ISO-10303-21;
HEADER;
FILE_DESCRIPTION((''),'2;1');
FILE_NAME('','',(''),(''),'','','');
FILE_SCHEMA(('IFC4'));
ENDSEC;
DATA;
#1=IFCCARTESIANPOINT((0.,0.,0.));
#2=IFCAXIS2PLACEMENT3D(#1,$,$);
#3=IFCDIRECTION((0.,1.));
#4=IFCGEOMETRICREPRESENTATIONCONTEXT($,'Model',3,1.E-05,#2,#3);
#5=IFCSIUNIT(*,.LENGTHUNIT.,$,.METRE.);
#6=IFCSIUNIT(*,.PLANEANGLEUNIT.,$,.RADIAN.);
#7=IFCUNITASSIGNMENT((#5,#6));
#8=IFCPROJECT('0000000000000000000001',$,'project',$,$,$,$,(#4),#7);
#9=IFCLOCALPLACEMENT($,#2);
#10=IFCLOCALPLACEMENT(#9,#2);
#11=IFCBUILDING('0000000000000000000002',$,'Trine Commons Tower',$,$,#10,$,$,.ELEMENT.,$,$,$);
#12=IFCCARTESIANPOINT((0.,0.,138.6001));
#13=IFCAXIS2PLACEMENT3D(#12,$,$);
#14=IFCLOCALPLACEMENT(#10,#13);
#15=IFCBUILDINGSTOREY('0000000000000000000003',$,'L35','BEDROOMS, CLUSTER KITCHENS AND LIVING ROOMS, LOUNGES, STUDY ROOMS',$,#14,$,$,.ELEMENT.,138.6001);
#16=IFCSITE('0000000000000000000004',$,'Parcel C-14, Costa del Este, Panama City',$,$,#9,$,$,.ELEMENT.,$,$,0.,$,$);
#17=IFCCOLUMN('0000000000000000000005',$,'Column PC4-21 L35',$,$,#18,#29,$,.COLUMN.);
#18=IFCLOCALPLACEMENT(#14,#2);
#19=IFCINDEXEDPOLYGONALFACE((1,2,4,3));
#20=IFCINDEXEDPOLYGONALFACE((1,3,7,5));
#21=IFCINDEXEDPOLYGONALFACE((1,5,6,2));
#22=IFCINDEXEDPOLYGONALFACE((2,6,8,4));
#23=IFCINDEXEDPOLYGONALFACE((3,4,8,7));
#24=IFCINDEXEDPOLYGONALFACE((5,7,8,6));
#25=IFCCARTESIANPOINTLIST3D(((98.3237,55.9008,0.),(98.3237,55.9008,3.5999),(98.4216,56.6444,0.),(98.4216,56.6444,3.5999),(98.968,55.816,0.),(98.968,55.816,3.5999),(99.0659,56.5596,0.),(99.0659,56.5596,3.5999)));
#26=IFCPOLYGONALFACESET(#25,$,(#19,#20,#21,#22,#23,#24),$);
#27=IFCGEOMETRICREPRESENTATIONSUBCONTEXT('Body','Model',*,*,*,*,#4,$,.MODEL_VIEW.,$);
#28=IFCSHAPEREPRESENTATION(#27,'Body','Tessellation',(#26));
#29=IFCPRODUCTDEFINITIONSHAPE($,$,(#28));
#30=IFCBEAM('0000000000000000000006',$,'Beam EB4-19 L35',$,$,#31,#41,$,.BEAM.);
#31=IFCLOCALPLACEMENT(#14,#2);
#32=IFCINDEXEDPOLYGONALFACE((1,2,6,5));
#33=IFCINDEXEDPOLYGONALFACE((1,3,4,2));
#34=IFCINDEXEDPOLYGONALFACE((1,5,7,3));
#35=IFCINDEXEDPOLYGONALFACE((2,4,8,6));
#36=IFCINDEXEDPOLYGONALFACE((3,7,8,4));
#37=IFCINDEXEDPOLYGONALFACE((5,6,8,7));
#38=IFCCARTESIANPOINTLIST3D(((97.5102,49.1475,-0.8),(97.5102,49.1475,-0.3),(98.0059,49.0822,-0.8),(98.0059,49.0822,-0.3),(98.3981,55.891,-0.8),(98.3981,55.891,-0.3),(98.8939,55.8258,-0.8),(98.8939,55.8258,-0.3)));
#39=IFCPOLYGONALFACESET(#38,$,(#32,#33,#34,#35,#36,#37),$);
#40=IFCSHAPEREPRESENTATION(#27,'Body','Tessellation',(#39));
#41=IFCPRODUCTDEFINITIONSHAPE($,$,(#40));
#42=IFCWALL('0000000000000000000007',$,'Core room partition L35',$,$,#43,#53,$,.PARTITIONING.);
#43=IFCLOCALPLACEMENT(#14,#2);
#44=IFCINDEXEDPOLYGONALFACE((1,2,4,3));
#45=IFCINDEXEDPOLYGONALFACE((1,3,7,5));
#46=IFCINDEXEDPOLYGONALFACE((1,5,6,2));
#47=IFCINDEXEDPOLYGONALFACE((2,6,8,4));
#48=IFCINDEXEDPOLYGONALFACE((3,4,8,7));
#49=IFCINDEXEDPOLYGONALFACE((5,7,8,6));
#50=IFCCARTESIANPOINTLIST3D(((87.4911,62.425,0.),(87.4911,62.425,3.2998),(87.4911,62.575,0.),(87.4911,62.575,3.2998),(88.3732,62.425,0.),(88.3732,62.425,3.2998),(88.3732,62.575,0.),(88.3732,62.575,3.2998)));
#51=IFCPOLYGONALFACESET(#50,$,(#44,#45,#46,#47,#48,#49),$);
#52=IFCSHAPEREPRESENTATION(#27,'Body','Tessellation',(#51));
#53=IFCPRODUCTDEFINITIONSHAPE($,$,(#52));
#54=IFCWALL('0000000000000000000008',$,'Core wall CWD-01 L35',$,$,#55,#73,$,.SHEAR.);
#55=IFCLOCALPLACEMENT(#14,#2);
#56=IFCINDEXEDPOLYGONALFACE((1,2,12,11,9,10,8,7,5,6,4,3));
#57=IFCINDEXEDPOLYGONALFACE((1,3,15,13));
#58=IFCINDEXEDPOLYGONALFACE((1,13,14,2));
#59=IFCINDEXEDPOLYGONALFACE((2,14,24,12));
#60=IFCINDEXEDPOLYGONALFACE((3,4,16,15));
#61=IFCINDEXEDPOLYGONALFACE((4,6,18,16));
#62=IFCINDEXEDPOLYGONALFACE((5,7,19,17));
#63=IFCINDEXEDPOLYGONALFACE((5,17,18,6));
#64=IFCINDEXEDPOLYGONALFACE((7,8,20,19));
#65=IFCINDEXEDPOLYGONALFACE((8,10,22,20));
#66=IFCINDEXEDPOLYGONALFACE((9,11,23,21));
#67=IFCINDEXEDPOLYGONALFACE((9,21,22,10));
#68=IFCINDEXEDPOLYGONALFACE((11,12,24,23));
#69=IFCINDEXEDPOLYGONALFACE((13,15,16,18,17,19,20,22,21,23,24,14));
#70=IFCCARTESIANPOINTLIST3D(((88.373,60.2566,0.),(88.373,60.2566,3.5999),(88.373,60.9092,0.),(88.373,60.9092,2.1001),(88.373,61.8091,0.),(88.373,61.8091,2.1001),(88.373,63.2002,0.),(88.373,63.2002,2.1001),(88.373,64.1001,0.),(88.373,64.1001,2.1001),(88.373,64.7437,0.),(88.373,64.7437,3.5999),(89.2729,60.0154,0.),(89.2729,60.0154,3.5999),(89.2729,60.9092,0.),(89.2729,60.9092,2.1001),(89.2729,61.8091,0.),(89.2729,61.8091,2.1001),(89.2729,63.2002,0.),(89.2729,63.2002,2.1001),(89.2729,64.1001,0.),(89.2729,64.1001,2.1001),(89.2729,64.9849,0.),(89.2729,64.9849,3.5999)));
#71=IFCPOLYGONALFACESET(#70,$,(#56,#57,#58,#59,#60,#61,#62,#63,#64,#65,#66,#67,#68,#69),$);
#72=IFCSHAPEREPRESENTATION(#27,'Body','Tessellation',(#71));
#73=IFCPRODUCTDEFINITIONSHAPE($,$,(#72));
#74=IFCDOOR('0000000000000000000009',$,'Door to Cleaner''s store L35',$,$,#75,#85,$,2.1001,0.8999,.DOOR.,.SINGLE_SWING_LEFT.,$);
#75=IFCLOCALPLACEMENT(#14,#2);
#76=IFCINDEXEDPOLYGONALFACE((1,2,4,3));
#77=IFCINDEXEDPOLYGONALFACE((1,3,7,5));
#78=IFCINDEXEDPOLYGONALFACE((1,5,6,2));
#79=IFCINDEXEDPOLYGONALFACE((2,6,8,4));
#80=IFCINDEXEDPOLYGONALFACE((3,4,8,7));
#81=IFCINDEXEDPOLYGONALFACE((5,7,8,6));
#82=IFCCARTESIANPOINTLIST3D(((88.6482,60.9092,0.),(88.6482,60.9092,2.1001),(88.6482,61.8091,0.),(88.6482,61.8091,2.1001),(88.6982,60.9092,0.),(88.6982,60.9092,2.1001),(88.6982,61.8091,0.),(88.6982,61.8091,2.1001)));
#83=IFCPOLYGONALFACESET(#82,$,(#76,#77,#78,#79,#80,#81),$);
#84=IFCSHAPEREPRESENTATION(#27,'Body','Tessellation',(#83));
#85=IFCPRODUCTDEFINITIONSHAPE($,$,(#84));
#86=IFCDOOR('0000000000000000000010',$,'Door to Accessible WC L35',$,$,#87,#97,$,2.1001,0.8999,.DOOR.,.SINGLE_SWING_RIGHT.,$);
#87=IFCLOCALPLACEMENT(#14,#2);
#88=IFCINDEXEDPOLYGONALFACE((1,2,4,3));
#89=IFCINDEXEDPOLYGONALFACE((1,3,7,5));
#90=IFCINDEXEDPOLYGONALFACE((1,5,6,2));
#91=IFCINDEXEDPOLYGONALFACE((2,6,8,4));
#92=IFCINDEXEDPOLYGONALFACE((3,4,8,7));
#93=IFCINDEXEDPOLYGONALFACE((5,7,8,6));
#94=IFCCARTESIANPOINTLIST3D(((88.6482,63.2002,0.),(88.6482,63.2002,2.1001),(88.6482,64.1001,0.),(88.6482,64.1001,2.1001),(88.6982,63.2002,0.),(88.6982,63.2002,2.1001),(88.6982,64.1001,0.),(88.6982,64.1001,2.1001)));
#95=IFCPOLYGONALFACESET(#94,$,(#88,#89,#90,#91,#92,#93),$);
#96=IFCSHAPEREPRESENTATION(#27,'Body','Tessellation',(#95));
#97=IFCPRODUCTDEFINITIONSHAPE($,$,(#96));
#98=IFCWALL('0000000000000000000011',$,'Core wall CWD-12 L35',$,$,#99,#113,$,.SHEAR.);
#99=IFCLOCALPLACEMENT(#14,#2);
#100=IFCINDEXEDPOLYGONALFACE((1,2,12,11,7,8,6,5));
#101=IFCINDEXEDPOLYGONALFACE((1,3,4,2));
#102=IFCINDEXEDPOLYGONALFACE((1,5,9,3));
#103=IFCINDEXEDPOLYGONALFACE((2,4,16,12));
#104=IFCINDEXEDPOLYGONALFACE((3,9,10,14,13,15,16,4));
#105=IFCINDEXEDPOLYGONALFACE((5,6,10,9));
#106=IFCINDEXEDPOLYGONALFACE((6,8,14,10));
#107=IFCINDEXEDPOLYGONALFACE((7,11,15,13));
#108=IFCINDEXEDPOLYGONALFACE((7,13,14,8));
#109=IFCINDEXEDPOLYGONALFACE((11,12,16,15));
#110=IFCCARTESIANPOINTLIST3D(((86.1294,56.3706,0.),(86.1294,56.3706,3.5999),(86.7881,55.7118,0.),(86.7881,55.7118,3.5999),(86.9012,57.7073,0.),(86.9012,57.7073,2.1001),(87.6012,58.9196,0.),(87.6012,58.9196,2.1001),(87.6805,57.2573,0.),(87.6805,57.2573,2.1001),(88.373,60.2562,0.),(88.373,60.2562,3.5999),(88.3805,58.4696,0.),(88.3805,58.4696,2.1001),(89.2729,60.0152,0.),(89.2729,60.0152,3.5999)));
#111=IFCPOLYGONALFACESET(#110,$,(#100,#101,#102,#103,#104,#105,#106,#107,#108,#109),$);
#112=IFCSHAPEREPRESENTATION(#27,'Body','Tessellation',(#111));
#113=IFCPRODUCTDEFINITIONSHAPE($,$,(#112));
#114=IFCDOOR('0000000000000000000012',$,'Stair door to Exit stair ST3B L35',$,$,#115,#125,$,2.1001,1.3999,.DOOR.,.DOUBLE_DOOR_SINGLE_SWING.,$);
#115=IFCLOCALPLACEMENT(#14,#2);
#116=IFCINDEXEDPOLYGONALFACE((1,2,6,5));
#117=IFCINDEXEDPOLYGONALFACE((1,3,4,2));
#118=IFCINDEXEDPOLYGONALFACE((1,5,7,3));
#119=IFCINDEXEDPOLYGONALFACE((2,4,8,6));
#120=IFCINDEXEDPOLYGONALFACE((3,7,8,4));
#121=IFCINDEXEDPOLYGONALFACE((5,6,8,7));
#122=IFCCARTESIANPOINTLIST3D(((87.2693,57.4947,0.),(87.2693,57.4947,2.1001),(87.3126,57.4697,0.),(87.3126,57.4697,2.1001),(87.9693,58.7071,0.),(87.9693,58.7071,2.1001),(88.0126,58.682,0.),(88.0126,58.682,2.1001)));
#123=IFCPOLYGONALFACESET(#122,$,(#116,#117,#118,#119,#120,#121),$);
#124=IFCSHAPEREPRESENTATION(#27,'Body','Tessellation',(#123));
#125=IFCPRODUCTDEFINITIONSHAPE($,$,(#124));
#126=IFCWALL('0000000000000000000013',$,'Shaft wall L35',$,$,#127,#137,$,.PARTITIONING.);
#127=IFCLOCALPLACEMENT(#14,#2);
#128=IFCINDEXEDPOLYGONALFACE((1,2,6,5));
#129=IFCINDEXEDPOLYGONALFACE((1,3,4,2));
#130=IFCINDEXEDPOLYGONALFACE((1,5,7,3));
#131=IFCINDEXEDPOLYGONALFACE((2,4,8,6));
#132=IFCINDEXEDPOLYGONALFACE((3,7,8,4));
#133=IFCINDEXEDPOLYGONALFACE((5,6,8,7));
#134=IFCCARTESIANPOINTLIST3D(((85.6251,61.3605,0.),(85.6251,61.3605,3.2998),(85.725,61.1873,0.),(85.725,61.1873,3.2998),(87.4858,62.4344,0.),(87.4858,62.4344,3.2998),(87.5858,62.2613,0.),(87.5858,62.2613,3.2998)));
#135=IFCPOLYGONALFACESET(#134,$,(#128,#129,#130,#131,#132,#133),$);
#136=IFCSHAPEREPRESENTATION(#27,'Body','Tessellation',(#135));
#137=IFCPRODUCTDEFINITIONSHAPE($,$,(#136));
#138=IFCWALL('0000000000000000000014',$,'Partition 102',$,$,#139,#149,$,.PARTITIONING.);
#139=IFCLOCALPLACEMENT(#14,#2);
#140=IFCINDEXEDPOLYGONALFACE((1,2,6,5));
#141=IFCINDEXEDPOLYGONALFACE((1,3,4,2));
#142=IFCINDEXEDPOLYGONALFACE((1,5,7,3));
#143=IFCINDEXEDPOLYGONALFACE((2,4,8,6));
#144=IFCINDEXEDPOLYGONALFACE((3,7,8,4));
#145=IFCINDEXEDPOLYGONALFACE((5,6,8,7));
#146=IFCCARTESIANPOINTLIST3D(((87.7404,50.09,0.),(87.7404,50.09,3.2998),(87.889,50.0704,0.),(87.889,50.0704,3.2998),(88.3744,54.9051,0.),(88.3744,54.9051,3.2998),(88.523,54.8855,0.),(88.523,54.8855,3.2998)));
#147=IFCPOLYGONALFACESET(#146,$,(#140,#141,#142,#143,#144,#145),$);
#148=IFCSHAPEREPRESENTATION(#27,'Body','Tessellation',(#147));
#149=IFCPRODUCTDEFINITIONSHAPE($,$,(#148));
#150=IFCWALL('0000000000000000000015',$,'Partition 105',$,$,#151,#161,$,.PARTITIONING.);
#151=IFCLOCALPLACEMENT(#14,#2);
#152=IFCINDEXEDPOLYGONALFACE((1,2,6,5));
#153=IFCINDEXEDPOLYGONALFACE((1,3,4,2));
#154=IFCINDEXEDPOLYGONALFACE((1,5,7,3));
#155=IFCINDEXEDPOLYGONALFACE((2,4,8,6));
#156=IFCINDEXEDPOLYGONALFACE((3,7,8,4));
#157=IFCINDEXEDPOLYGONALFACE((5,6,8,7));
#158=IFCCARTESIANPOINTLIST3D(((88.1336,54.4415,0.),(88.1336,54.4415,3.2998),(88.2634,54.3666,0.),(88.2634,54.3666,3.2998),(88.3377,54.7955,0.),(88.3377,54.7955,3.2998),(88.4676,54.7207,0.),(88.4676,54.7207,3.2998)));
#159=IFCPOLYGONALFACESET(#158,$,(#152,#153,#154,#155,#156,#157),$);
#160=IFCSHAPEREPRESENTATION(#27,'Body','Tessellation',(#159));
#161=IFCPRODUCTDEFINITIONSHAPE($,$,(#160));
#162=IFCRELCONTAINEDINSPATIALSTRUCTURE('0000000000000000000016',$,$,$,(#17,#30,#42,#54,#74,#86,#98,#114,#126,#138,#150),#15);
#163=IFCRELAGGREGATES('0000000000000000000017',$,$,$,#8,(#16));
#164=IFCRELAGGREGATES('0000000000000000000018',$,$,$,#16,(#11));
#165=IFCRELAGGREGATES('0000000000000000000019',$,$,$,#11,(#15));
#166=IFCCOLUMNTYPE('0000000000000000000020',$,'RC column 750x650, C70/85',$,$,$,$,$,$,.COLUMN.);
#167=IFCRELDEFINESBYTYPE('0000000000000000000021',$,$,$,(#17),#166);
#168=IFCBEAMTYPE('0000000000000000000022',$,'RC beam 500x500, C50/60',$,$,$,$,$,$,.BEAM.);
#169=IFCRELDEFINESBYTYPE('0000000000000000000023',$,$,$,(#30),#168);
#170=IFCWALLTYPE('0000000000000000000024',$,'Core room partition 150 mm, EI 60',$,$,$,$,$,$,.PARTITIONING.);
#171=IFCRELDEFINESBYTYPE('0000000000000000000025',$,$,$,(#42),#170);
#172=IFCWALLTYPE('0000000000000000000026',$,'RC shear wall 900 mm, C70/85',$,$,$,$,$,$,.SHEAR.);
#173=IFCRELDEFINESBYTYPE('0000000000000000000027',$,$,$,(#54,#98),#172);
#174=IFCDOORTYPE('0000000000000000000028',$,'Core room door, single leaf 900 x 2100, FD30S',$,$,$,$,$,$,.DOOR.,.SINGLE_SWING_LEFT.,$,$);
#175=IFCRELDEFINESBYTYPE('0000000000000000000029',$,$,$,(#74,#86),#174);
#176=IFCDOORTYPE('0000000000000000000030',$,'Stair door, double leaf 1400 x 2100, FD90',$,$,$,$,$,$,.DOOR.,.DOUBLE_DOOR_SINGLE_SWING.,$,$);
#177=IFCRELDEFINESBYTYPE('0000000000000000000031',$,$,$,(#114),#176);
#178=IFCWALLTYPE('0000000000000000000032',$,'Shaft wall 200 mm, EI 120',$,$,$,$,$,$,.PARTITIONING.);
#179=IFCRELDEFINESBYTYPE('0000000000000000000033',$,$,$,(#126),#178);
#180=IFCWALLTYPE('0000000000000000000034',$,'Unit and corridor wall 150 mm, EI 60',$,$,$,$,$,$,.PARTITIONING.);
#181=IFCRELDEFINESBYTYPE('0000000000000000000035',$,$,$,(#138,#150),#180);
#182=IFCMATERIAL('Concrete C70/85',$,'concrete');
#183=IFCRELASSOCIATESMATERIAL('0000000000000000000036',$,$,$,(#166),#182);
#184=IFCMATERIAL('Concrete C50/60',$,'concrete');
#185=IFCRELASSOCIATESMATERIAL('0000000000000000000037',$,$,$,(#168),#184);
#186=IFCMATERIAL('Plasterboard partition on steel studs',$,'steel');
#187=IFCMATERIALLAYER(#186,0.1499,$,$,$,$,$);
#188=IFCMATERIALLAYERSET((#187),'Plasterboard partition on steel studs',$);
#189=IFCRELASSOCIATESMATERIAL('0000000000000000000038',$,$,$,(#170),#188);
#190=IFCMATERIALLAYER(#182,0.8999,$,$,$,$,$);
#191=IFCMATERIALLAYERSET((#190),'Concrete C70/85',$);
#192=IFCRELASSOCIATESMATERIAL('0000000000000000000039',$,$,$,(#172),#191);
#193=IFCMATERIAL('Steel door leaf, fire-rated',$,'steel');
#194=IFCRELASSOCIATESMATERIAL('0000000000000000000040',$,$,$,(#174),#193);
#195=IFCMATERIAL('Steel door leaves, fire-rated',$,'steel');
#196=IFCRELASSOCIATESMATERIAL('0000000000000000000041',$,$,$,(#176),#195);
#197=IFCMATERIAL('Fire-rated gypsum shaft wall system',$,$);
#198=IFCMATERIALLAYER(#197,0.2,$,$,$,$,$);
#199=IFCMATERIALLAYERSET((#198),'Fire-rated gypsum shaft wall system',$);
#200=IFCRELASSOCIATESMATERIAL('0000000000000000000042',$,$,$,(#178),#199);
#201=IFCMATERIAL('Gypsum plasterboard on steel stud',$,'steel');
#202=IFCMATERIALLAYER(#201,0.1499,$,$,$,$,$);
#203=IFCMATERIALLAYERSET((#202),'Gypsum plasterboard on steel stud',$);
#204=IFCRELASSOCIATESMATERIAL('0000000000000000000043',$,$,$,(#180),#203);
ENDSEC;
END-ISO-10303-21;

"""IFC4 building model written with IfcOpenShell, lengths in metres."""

from ifc_helpers import new_model, si_unit, direction, frame, frame_2d, origin, origin_2d, place, context, subcontext, project, spatial, polyline, rectangle, outline, extrude, material, layer, layer_set, material_profile, profile_set, type_object, element, fill, save


model = new_model("IFC4")

# Units and contexts
model_context = context("Model", 3, precision=1e-05, world=origin(), true_north=direction((0.0, 1.0)))
body_context = subcontext(model_context, "Body", "Model", "MODEL_VIEW")
ifc_project = project(units=[si_unit("LENGTHUNIT", "METRE"), si_unit("PLANEANGLEUNIT", "RADIAN")], contexts=[model_context])

# Site, building, storey
site_placement = place(None, origin())
site = spatial("IfcSite", under=ifc_project, at=site_placement, Name="Parcel C-14, Costa del Este, Panama City", CompositionType="ELEMENT", RefElevation=0.0)
building_placement = place(site_placement, origin())
building = spatial("IfcBuilding", under=site, at=building_placement, Name="Trine Commons Tower", CompositionType="ELEMENT")
storey_placement = place(building_placement, frame((0.0, 0.0, 138.6001)))
storey = spatial("IfcBuildingStorey", under=building, at=storey_placement, Name="L35", Description="BEDROOMS, CLUSTER KITCHENS AND LIVING ROOMS, LOUNGES, STUDY ROOMS", CompositionType="ELEMENT", Elevation=138.6001)

# Column
ifc_material_1 = material(Name="Concrete C70/85", Category="concrete")
ifc_material_profile_1 = material_profile(ifc_material_1, rectangle(XDim=0.75, YDim=0.6499, at=origin_2d()), Name="RC 750x650")
ifc_profile_set_1 = profile_set([ifc_material_profile_1], Name="Concrete C70/85")
column_type = type_object("IfcColumnType", Name="RC column 750x650, C70/85", PredefinedType="COLUMN", material=ifc_profile_set_1)
column_placement = place(storey_placement, frame((98.6948, 56.2302, 0.0), z_axis=(0.0, 0.0, 1.0), x_axis=(0.130526, 0.991445, 0.0)))
element("IfcColumn", 1, at=column_placement, inside=storey, type_object=column_type, Name="Column PC4-21 L35", PredefinedType="COLUMN", context=body_context, shape_type="SweptSolid", body=[
    extrude(rectangle(XDim=0.75, YDim=0.6499, at=origin_2d()), origin(), (0.0, 0.0, 1.0), 3.5999),
])

# Beam
ifc_material_2 = material(Name="Concrete C50/60", Category="concrete")
ifc_material_profile_2 = material_profile(ifc_material_2, rectangle(XDim=0.5, YDim=0.5, at=origin_2d()), Name="RC 500x500")
ifc_profile_set_2 = profile_set([ifc_material_profile_2], Name="Concrete C50/60")
beam_type = type_object("IfcBeamType", Name="RC beam 500x500, C50/60", PredefinedType="BEAM", material=ifc_profile_set_2)
beam_placement = place(storey_placement, frame((98.646, 55.8584, -0.55), z_axis=(-0.130544, -0.991443, 0.0), x_axis=(0.991443, -0.130544, 0.0)))
element("IfcBeam", 2, at=beam_placement, inside=storey, type_object=beam_type, Name="Beam EB4-19 L35", PredefinedType="BEAM", context=body_context, shape_type="SweptSolid", body=[
    extrude(rectangle(XDim=0.5, YDim=0.5, at=origin_2d()), origin(), (0.0, 0.0, 1.0), 6.8018),
])

# Wall
ifc_material_3 = material(Name="Plasterboard partition on steel studs", Category="steel")
ifc_layer_1 = layer(ifc_material_3, 0.1499)
ifc_layer_set_1 = layer_set([ifc_layer_1], Name="Plasterboard partition on steel studs")
wall_type_1 = type_object("IfcWallType", Name="Core room partition 150 mm, EI 60", PredefinedType="PARTITIONING", material=ifc_layer_set_1)
wall_1_placement = place(storey_placement, frame((88.373, 62.5, 0.0), z_axis=(0.0, 0.0, 1.0), x_axis=(-1.0, 0.0, 0.0)))
element("IfcWall", 3, at=wall_1_placement, inside=storey, type_object=wall_type_1, Name="Core room partition L35", PredefinedType="PARTITIONING", context=body_context, shape_type="SweptSolid", body=[
    extrude(rectangle(XDim=0.8821, YDim=0.1499, at=frame_2d((0.4409, 0.0))), origin(), (0.0, 0.0, 1.0), 3.2998),
])

# Wall, openings, doors
ifc_layer_2 = layer(ifc_material_1, 0.8999)
ifc_layer_set_2 = layer_set([ifc_layer_2], Name="Concrete C70/85")
wall_type_2 = type_object("IfcWallType", Name="RC shear wall 900 mm, C70/85", PredefinedType="SHEAR", material=ifc_layer_set_2)
wall_2_placement = place(storey_placement, frame((88.823, 60.0154, 0.0), z_axis=(0.0, 0.0, 1.0), x_axis=(0.0, 1.0, 0.0)))
wall_2 = element("IfcWall", 4, at=wall_2_placement, inside=storey, type_object=wall_type_2, Name="Core wall CWD-01 L35", PredefinedType="SHEAR", context=body_context, shape_type="SweptSolid", body=[
    extrude(outline(polyline([(0.0, -0.45), (4.9695, -0.45), (4.7283, 0.45), (0.2412, 0.45), (0.0, -0.45)])), origin(), (0.0, 0.0, 1.0), 3.5999),
])
opening_1_placement = place(wall_2_placement, frame((0.8938, 0.0, 0.0)))
opening_1 = element("IfcOpeningElement", 5, at=opening_1_placement, cuts=wall_2, PredefinedType="OPENING", context=body_context, shape_type="SweptSolid", body=[
    extrude(rectangle(XDim=0.8999, YDim=2.1001, at=frame_2d((0.45, 1.05))), frame((0.0, 0.46, 0.0), z_axis=(0.0, -1.0, 0.0), x_axis=(1.0, 0.0, 0.0)), (0.0, 0.0, 1.0), 0.9199),
])
opening_2_placement = place(wall_2_placement, frame((3.1848, 0.0, 0.0)))
opening_2 = element("IfcOpeningElement", 6, at=opening_2_placement, cuts=wall_2, PredefinedType="OPENING", context=body_context, shape_type="SweptSolid", body=[
    extrude(rectangle(XDim=0.8999, YDim=2.1001, at=frame_2d((0.45, 1.05))), frame((0.0, 0.46, 0.0), z_axis=(0.0, -1.0, 0.0), x_axis=(1.0, 0.0, 0.0)), (0.0, 0.0, 1.0), 0.9199),
])
ifc_material_4 = material(Name="Steel door leaf, fire-rated", Category="steel")
door_type_1 = type_object("IfcDoorType", Name="Core room door, single leaf 900 x 2100, FD30S", OperationType="SINGLE_SWING_LEFT", PredefinedType="DOOR", material=ifc_material_4)
door_1_placement = place(opening_1_placement, origin())
door_1 = element("IfcDoor", 7, at=door_1_placement, inside=storey, type_object=door_type_1, Name="Door to Cleaner's store L35", OperationType="SINGLE_SWING_LEFT", OverallHeight=2.1001, OverallWidth=0.8999, PredefinedType="DOOR", context=body_context, shape_type="SweptSolid", body=[
    extrude(rectangle(XDim=0.8999, YDim=2.1001, at=frame_2d((0.45, 1.05))), frame((0.0, 0.1748, 0.0), z_axis=(0.0, -1.0, 0.0), x_axis=(1.0, 0.0, 0.0)), (0.0, 0.0, 1.0), 0.05),
])
fill(opening_1, door_1)
door_2_placement = place(opening_2_placement, origin())
door_2 = element("IfcDoor", 8, at=door_2_placement, inside=storey, type_object=door_type_1, Name="Door to Accessible WC L35", OperationType="SINGLE_SWING_RIGHT", OverallHeight=2.1001, OverallWidth=0.8999, PredefinedType="DOOR", context=body_context, shape_type="SweptSolid", body=[
    extrude(rectangle(XDim=0.8999, YDim=2.1001, at=frame_2d((0.45, 1.05))), frame((0.0, 0.1748, 0.0), z_axis=(0.0, -1.0, 0.0), x_axis=(1.0, 0.0, 0.0)), (0.0, 0.0, 1.0), 0.05),
])
fill(opening_2, door_2)

# Wall, opening, door
wall_3_placement = place(storey_placement, frame((86.3984, 55.9368, 0.0), z_axis=(0.0, 0.0, 1.0), x_axis=(0.500039, 0.866003, 0.0)))
wall_3 = element("IfcWall", 9, at=wall_3_placement, inside=storey, type_object=wall_type_2, Name="Core wall CWD-12 L35", PredefinedType="SHEAR", context=body_context, shape_type="SweptSolid", body=[
    extrude(outline(polyline([(0.0, -0.45), (4.9692, -0.45), (4.728, 0.45), (0.2412, 0.45), (0.0, -0.45)])), origin(), (0.0, 0.0, 1.0), 3.5999),
])
opening_3_placement = place(wall_3_placement, frame((1.7847, 0.0, 0.0)))
opening_3 = element("IfcOpeningElement", 10, at=opening_3_placement, cuts=wall_3, PredefinedType="OPENING", context=body_context, shape_type="SweptSolid", body=[
    extrude(rectangle(XDim=1.3999, YDim=2.1001, at=frame_2d((0.7, 1.05))), frame((0.0, 0.46, 0.0), z_axis=(0.0, -1.0, 0.0), x_axis=(1.0, 0.0, 0.0)), (0.0, 0.0, 1.0), 0.9199),
])
ifc_material_5 = material(Name="Steel door leaves, fire-rated", Category="steel")
door_type_2 = type_object("IfcDoorType", Name="Stair door, double leaf 1400 x 2100, FD90", OperationType="DOUBLE_DOOR_SINGLE_SWING", PredefinedType="DOOR", material=ifc_material_5)
door_3_placement = place(opening_3_placement, origin())
door_3 = element("IfcDoor", 11, at=door_3_placement, inside=storey, type_object=door_type_2, Name="Stair door to Exit stair ST3B L35", OperationType="DOUBLE_DOOR_SINGLE_SWING", OverallHeight=2.1001, OverallWidth=1.3999, PredefinedType="DOOR", context=body_context, shape_type="SweptSolid", body=[
    extrude(rectangle(XDim=1.3999, YDim=2.1001, at=frame_2d((0.7, 1.05))), frame((0.0, 0.0249, 0.0), z_axis=(0.0, -1.0, 0.0), x_axis=(1.0, 0.0, 0.0)), (0.0, 0.0, 1.0), 0.05),
])
fill(opening_3, door_3)

# Walls
ifc_material_6 = material(Name="Fire-rated gypsum shaft wall system")
ifc_layer_3 = layer(ifc_material_6, 0.2)
ifc_layer_set_3 = layer_set([ifc_layer_3], Name="Fire-rated gypsum shaft wall system")
wall_type_3 = type_object("IfcWallType", Name="Shaft wall 200 mm, EI 120", PredefinedType="PARTITIONING", material=ifc_layer_set_3)
wall_4_placement = place(storey_placement, frame((85.675, 61.2739, 0.0), z_axis=(0.0, 0.0, 1.0), x_axis=(0.866102, 0.499867, 0.0)))
element("IfcWall", 12, at=wall_4_placement, inside=storey, type_object=wall_type_3, Name="Shaft wall L35", PredefinedType="PARTITIONING", context=body_context, shape_type="SweptSolid", body=[
    extrude(rectangle(XDim=2.1484, YDim=0.2, at=frame_2d((1.0742, 0.0))), origin(), (0.0, 0.0, 1.0), 3.2998),
])
ifc_material_7 = material(Name="Gypsum plasterboard on steel stud", Category="steel")
ifc_layer_4 = layer(ifc_material_7, 0.1499)
ifc_layer_set_4 = layer_set([ifc_layer_4], Name="Gypsum plasterboard on steel stud")
wall_type_4 = type_object("IfcWallType", Name="Unit and corridor wall 150 mm, EI 60", PredefinedType="PARTITIONING", material=ifc_layer_set_4)
wall_5_placement = place(storey_placement, frame((87.8147, 50.0803, 0.0), z_axis=(0.0, 0.0, 1.0), x_axis=(0.130547, 0.991442, 0.0)))
element("IfcWall", 13, at=wall_5_placement, inside=storey, type_object=wall_type_4, Name="Partition 102", PredefinedType="PARTITIONING", context=body_context, shape_type="SweptSolid", body=[
    extrude(rectangle(XDim=4.8567, YDim=0.1499, at=frame_2d((2.4282, 0.0))), origin(), (0.0, 0.0, 1.0), 3.2998),
])
wall_6_placement = place(storey_placement, frame((88.1985, 54.4041, 0.0), z_axis=(0.0, 0.0, 1.0), x_axis=(0.499481, 0.866325, 0.0)))
element("IfcWall", 14, at=wall_6_placement, inside=storey, type_object=wall_type_4, Name="Partition 105", PredefinedType="PARTITIONING", context=body_context, shape_type="SweptSolid", body=[
    extrude(rectangle(XDim=0.4087, YDim=0.1499, at=frame_2d((0.2043, 0.0))), origin(), (0.0, 0.0, 1.0), 3.2998),
])

save(model, "model.ifc")
